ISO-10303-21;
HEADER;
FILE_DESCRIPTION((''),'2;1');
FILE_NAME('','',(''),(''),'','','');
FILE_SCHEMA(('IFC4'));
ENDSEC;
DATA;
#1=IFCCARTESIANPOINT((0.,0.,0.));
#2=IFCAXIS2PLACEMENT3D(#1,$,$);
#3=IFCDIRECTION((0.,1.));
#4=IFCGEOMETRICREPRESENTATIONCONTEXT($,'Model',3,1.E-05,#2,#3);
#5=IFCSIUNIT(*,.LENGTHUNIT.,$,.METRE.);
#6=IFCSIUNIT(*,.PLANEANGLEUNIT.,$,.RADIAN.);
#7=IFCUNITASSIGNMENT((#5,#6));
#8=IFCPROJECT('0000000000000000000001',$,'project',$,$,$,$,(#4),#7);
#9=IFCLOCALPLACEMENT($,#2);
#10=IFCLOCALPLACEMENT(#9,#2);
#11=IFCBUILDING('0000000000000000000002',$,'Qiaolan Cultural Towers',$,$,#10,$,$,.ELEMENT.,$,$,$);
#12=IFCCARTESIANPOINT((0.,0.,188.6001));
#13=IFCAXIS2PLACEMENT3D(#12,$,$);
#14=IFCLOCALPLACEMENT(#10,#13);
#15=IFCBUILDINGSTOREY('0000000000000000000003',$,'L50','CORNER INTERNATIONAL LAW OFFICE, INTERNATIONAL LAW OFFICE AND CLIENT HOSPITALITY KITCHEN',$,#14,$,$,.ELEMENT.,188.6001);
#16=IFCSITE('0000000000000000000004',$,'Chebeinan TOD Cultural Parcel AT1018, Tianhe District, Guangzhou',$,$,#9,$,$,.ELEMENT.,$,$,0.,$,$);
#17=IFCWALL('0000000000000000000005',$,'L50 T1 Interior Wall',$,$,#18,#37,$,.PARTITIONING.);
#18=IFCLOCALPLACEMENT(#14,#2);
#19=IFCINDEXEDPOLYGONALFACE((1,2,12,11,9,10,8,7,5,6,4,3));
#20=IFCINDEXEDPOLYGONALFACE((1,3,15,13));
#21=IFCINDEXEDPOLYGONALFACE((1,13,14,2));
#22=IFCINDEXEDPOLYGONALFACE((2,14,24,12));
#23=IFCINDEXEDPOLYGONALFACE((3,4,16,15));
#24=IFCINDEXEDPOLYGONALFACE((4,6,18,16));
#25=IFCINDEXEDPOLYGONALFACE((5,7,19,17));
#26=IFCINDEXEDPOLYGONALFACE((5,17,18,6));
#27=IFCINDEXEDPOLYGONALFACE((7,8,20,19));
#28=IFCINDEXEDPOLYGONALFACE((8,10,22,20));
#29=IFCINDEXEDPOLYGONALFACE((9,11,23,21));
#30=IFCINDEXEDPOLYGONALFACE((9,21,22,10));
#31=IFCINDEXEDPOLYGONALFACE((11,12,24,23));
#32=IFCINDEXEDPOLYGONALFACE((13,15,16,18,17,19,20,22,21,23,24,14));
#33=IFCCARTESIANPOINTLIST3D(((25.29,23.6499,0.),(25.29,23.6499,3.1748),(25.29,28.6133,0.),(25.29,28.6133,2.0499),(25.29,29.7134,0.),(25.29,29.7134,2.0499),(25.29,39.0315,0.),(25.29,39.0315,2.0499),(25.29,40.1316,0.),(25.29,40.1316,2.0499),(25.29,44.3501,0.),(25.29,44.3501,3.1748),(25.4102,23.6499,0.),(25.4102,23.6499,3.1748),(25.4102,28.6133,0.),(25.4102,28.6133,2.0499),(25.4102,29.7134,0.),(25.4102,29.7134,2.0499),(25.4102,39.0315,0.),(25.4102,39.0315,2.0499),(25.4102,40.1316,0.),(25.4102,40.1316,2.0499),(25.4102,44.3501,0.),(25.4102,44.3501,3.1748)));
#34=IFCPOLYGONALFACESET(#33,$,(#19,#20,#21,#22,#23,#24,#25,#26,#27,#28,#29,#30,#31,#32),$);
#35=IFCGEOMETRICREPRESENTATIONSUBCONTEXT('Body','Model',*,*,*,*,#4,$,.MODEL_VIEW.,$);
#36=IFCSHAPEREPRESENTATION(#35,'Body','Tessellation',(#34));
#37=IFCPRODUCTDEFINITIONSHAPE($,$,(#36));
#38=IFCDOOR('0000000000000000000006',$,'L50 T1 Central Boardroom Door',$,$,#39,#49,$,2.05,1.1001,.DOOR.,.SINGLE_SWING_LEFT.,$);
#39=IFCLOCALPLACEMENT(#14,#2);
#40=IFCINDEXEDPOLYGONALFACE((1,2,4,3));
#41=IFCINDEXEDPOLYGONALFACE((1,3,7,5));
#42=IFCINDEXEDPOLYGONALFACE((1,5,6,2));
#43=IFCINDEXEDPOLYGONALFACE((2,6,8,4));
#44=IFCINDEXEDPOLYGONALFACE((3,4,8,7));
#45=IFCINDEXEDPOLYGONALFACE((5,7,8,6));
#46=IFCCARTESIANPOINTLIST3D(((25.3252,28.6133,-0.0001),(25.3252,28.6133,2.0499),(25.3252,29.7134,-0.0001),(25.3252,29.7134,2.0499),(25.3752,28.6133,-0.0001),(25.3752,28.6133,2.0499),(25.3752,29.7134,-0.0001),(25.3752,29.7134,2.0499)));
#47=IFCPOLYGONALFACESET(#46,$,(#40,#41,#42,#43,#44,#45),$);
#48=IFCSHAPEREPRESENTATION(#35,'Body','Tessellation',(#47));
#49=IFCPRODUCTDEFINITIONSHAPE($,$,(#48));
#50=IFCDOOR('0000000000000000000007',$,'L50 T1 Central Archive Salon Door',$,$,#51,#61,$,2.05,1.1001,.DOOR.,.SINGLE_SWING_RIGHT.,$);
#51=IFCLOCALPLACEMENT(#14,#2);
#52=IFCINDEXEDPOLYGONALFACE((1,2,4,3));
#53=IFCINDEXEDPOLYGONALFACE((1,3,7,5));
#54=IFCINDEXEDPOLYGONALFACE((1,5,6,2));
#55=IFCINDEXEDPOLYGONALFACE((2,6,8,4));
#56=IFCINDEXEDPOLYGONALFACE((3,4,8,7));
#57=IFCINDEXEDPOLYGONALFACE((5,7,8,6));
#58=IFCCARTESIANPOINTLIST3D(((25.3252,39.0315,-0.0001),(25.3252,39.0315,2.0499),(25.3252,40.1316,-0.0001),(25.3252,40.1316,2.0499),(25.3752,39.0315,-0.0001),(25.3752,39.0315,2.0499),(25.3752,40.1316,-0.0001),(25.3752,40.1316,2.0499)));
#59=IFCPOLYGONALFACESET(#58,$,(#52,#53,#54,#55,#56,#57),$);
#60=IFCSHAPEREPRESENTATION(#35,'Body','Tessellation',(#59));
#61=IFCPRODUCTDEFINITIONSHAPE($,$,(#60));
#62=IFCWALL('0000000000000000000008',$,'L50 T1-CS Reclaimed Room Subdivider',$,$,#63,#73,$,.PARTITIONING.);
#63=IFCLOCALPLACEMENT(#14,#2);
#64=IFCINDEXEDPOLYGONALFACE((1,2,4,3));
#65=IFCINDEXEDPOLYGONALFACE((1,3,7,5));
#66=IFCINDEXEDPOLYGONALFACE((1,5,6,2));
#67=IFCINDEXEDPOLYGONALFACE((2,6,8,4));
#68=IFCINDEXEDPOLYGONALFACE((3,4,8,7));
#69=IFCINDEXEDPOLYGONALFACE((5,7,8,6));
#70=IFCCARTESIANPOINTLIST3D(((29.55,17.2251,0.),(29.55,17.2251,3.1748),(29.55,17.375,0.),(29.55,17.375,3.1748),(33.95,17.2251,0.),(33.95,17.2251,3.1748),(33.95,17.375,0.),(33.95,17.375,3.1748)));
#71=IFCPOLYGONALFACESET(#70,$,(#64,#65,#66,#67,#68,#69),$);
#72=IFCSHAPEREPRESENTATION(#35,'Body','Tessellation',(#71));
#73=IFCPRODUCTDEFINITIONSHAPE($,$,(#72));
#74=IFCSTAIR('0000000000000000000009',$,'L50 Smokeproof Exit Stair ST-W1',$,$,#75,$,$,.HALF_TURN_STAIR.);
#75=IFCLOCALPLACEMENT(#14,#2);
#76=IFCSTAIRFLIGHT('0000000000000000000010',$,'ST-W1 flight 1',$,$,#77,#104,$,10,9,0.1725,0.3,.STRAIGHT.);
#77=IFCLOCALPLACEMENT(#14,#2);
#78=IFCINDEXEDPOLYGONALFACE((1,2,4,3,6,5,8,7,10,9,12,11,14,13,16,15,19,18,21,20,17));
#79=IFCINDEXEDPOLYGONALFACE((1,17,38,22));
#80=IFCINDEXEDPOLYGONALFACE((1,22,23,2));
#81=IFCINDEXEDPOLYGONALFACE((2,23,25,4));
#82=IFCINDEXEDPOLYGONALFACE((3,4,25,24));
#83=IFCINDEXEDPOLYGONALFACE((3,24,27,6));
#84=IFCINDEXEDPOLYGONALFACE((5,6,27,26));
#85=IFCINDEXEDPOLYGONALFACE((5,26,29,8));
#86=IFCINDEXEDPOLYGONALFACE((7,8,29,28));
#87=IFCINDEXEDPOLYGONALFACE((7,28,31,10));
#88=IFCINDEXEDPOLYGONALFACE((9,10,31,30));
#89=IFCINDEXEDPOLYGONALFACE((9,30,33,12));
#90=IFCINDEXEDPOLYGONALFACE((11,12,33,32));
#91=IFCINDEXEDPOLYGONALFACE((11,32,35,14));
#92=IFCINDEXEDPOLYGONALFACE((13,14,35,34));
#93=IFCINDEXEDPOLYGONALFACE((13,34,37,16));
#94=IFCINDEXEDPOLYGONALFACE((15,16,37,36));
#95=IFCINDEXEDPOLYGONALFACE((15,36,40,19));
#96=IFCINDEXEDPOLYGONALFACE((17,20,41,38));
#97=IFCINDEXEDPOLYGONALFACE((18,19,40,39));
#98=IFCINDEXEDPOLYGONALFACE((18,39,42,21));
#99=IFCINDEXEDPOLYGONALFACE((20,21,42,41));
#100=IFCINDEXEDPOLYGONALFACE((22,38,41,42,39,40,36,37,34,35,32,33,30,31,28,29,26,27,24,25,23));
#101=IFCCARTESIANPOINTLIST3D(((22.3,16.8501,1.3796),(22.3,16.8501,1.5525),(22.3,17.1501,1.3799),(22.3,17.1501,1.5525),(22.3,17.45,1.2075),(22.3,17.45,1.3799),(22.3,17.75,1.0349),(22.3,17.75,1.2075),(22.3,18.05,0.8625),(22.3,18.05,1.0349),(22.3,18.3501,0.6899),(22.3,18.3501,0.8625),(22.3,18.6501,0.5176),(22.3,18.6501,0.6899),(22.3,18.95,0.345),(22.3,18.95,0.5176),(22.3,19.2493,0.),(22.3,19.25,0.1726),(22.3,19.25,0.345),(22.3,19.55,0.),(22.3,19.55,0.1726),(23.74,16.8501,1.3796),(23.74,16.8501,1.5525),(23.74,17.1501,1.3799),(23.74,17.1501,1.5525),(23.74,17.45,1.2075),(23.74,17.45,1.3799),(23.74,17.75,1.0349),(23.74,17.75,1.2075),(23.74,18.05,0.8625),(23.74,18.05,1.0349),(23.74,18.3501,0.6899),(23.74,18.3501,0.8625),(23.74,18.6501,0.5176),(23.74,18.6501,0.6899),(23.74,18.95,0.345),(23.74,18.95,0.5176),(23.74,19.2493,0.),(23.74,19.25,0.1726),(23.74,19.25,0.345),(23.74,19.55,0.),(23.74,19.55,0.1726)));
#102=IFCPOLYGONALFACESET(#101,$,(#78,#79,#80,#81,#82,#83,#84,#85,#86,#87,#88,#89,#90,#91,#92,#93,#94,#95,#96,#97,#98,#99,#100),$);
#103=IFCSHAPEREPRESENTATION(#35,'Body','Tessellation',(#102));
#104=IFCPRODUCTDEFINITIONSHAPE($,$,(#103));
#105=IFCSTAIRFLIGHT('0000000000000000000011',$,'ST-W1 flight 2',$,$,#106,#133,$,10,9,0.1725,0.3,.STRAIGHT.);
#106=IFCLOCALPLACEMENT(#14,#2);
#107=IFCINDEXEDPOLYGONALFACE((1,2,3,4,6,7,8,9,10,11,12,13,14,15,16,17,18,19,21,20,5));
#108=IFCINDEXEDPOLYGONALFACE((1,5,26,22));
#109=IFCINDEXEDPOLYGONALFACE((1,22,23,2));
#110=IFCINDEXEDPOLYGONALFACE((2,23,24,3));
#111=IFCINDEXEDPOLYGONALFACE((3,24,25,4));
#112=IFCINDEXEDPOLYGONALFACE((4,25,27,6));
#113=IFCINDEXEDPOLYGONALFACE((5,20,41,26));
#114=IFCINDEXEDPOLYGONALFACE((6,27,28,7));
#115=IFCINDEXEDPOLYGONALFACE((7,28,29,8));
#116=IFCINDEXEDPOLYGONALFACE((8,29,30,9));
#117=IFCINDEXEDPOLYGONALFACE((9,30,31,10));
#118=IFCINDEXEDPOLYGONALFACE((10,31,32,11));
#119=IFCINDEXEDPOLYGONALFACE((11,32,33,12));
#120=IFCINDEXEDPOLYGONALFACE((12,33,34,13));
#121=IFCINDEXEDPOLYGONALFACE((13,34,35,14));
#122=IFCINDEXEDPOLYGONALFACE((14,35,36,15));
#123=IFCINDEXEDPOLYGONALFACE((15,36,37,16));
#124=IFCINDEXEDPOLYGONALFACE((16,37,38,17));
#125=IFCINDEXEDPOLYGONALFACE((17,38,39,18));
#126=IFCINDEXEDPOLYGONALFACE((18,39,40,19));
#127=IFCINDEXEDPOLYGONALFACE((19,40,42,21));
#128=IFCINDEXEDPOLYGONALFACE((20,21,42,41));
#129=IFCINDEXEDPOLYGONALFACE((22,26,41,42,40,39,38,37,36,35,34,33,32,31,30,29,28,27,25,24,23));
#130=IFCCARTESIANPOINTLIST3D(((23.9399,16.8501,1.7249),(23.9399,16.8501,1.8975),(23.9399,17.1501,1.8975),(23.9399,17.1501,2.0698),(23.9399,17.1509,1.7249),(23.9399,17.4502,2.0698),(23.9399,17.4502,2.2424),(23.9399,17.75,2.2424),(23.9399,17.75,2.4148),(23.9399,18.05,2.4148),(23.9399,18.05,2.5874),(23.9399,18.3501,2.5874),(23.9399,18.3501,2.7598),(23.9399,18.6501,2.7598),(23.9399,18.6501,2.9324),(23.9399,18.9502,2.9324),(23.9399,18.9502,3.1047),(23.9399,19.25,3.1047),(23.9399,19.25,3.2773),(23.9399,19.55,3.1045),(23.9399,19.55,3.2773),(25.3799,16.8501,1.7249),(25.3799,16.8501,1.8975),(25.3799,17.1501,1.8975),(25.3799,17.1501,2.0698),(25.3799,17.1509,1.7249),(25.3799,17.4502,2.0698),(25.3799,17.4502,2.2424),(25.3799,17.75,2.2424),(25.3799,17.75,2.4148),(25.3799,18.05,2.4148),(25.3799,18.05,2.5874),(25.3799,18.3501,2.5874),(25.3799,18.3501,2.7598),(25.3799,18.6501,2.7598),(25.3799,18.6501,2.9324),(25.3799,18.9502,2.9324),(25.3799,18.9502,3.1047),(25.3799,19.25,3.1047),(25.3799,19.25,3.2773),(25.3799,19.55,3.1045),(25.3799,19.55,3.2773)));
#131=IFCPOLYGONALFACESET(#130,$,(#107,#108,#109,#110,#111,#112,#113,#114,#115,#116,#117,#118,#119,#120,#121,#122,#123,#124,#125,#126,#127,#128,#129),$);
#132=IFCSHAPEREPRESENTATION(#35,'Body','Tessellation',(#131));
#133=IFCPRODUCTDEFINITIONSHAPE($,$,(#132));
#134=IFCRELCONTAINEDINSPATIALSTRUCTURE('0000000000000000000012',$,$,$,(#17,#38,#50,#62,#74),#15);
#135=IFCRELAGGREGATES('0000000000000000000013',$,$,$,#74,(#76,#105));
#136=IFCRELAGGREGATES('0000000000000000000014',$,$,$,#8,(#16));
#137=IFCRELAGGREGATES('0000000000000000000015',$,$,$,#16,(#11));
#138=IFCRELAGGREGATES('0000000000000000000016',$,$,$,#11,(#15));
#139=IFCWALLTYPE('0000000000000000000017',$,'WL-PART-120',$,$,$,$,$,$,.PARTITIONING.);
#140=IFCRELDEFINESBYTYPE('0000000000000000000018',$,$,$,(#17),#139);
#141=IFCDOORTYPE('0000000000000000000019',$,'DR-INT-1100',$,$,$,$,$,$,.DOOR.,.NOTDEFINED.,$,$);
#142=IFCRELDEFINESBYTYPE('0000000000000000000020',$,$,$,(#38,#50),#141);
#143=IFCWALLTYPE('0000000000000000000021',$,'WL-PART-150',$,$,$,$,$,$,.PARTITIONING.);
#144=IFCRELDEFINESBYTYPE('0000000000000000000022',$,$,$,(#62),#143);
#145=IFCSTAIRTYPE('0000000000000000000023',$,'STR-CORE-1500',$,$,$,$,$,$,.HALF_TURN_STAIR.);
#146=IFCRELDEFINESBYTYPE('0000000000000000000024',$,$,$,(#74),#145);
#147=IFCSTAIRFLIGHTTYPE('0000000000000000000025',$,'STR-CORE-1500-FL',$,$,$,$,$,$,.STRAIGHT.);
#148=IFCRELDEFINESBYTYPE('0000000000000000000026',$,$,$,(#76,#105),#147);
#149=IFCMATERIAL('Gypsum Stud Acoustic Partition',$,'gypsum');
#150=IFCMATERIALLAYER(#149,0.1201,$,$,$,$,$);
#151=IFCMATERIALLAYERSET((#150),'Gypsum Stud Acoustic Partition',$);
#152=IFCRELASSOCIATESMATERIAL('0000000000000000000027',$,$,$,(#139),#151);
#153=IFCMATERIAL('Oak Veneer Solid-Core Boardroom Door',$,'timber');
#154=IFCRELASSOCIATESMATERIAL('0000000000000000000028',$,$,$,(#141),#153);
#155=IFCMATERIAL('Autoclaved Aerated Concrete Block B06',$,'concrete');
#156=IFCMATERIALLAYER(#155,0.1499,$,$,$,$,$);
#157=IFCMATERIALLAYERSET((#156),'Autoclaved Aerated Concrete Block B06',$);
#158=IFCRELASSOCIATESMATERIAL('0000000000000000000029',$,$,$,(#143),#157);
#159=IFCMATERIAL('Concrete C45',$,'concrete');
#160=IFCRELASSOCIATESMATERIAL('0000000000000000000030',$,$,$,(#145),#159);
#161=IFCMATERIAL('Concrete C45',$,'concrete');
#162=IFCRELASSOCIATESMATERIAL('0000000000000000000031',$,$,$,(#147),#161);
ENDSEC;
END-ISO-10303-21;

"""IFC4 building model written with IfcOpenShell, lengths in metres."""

from ifc_helpers import new_model, si_unit, direction, frame, frame_2d, origin, place, context, subcontext, project, spatial, polyline, rectangle, outline, extrude, material, layer, layer_set, type_object, element, fill, aggregate, save


model = new_model("IFC4")

# Units and contexts
model_context = context("Model", 3, precision=1e-05, world=origin(), true_north=direction((0.0, 1.0)))
body_context = subcontext(model_context, "Body", "Model", "MODEL_VIEW")
ifc_project = project(units=[si_unit("LENGTHUNIT", "METRE"), si_unit("PLANEANGLEUNIT", "RADIAN")], contexts=[model_context])

# Site, building, storey
site_placement = place(None, origin())
site = spatial("IfcSite", under=ifc_project, at=site_placement, Name="Chebeinan TOD Cultural Parcel AT1018, Tianhe District, Guangzhou", CompositionType="ELEMENT", RefElevation=0.0)
building_placement = place(site_placement, origin())
building = spatial("IfcBuilding", under=site, at=building_placement, Name="Qiaolan Cultural Towers", CompositionType="ELEMENT")
storey_placement = place(building_placement, frame((0.0, 0.0, 188.6001)))
storey = spatial("IfcBuildingStorey", under=building, at=storey_placement, Name="L50", Description="CORNER INTERNATIONAL LAW OFFICE, INTERNATIONAL LAW OFFICE AND CLIENT HOSPITALITY KITCHEN", CompositionType="ELEMENT", Elevation=188.6001)

# Shared definitions
ifc_material_1 = material(Name="Gypsum Stud Acoustic Partition", Category="gypsum")
ifc_layer_1 = layer(ifc_material_1, 0.1201)
ifc_layer_set_1 = layer_set([ifc_layer_1], Name="Gypsum Stud Acoustic Partition")
wall_type_1 = type_object("IfcWallType", Name="WL-PART-120", PredefinedType="PARTITIONING", material=ifc_layer_set_1)

# Wall, openings, doors
wall_1_placement = place(storey_placement, frame((25.3501, 23.6499, 0.0), z_axis=(0.0, 0.0, 1.0), x_axis=(0.0, 1.0, 0.0)))
wall_1 = element("IfcWall", 1, at=wall_1_placement, inside=storey, type_object=wall_type_1, Name="L50 T1 Interior Wall", PredefinedType="PARTITIONING", context=body_context, shape_type="SweptSolid", body=[
    extrude(rectangle(XDim=20.7002, YDim=0.1201, at=frame_2d((10.3501, 0.0))), origin(), (0.0, 0.0, 1.0), 3.1748),
])
opening_1_placement = place(wall_1_placement, frame((4.9634, 0.0, 0.0)))
opening_1 = element("IfcOpeningElement", 2, at=opening_1_placement, cuts=wall_1, PredefinedType="OPENING", context=body_context, shape_type="SweptSolid", body=[
    extrude(rectangle(XDim=1.1001, YDim=2.05, at=frame_2d((0.55, 1.0249))), frame((0.0, 0.0701, 0.0), z_axis=(0.0, -1.0, 0.0), x_axis=(1.0, 0.0, 0.0)), (0.0, 0.0, 1.0), 0.1401),
])
opening_2_placement = place(wall_1_placement, frame((15.3816, 0.0, 0.0)))
opening_2 = element("IfcOpeningElement", 3, at=opening_2_placement, cuts=wall_1, PredefinedType="OPENING", context=body_context, shape_type="SweptSolid", body=[
    extrude(rectangle(XDim=1.1001, YDim=2.05, at=frame_2d((0.55, 1.0249))), frame((0.0, 0.0701, 0.0), z_axis=(0.0, -1.0, 0.0), x_axis=(1.0, 0.0, 0.0)), (0.0, 0.0, 1.0), 0.1401),
])
ifc_material_2 = material(Name="Oak Veneer Solid-Core Boardroom Door", Category="timber")
door_type_1 = type_object("IfcDoorType", Name="DR-INT-1100", OperationType="NOTDEFINED", PredefinedType="DOOR", material=ifc_material_2)
door_1_placement = place(opening_1_placement, origin())
door_1 = element("IfcDoor", 4, at=door_1_placement, inside=storey, type_object=door_type_1, Name="L50 T1 Central Boardroom Door", OperationType="SINGLE_SWING_LEFT", OverallHeight=2.05, OverallWidth=1.1001, PredefinedType="DOOR", context=body_context, shape_type="SweptSolid", body=[
    extrude(rectangle(XDim=1.1001, YDim=2.05, at=frame_2d((0.55, 1.0249))), frame((0.0, 0.0249, 0.0), z_axis=(0.0, -1.0, 0.0), x_axis=(1.0, 0.0, 0.0)), (0.0, 0.0, 1.0), 0.05),
])
fill(opening_1, door_1)
door_2_placement = place(opening_2_placement, origin())
door_2 = element("IfcDoor", 5, at=door_2_placement, inside=storey, type_object=door_type_1, Name="L50 T1 Central Archive Salon Door", OperationType="SINGLE_SWING_RIGHT", OverallHeight=2.05, OverallWidth=1.1001, PredefinedType="DOOR", context=body_context, shape_type="SweptSolid", body=[
    extrude(rectangle(XDim=1.1001, YDim=2.05, at=frame_2d((0.55, 1.0249))), frame((0.0, 0.0249, 0.0), z_axis=(0.0, -1.0, 0.0), x_axis=(1.0, 0.0, 0.0)), (0.0, 0.0, 1.0), 0.05),
])
fill(opening_2, door_2)

# Wall
ifc_material_3 = material(Name="Autoclaved Aerated Concrete Block B06", Category="concrete")
ifc_layer_2 = layer(ifc_material_3, 0.1499)
ifc_layer_set_2 = layer_set([ifc_layer_2], Name="Autoclaved Aerated Concrete Block B06")
wall_type_2 = type_object("IfcWallType", Name="WL-PART-150", PredefinedType="PARTITIONING", material=ifc_layer_set_2)
wall_2_placement = place(storey_placement, frame((29.55, 17.3, 0.0), z_axis=(0.0, 0.0, 1.0), x_axis=(1.0, 0.0, 0.0)))
element("IfcWall", 6, at=wall_2_placement, inside=storey, type_object=wall_type_2, Name="L50 T1-CS Reclaimed Room Subdivider", PredefinedType="PARTITIONING", context=body_context, shape_type="SweptSolid", body=[
    extrude(rectangle(XDim=4.3999, YDim=0.1499, at=frame_2d((2.2, 0.0))), origin(), (0.0, 0.0, 1.0), 3.1748),
])

# Stair, stair flights
ifc_material_4 = material(Name="Concrete C45", Category="concrete")
stair_type = type_object("IfcStairType", Name="STR-CORE-1500", PredefinedType="HALF_TURN_STAIR", material=ifc_material_4)
stair_placement = place(storey_placement, origin())
stair = element("IfcStair", 7, at=stair_placement, inside=storey, type_object=stair_type, Name="L50 Smokeproof Exit Stair ST-W1", PredefinedType="HALF_TURN_STAIR")
ifc_material_5 = material(Name="Concrete C45", Category="concrete")
stair_flight_type = type_object("IfcStairFlightType", Name="STR-CORE-1500-FL", PredefinedType="STRAIGHT", material=ifc_material_5)
stair_flight_1_placement = place(storey_placement, frame((23.02, 19.55, 0.0), z_axis=(0.0, 0.0, 1.0), x_axis=(0.0, -1.0, 0.0)))
stair_flight_1 = element("IfcStairFlight", 8, at=stair_flight_1_placement, type_object=stair_flight_type, Name="ST-W1 flight 1", NumberOfRisers=10, NumberOfTreads=9, PredefinedType="STRAIGHT", RiserHeight=0.1725, TreadLength=0.3, context=body_context, shape_type="SweptSolid", body=[
    extrude(outline(polyline([(0.0, 0.0), (0.0, 0.1726), (0.3, 0.1726), (0.3, 0.345), (0.6001, 0.345), (0.6001, 0.5176), (0.8999, 0.5176), (0.8999, 0.6899), (1.2, 0.6899), (1.2, 0.8625), (1.5, 0.8625), (1.5, 1.0349), (1.8, 1.0349), (1.8, 1.2075), (2.1001, 1.2075), (2.1001, 1.3799), (2.3999, 1.3799), (2.3999, 1.5525), (2.7, 1.5525), (2.7, 1.7251), (2.7, 1.3796), (0.3008, 0.0), (0.0, 0.0)])), frame((0.0, 0.72, 0.0), z_axis=(0.0, -1.0, 0.0), x_axis=(1.0, 0.0, 0.0)), (0.0, 0.0, 1.0), 1.4399),
])
stair_flight_2_placement = place(storey_placement, frame((24.6599, 16.8501, 1.7249), z_axis=(0.0, 0.0, 1.0), x_axis=(0.0, 1.0, 0.0)))
stair_flight_2 = element("IfcStairFlight", 9, at=stair_flight_2_placement, type_object=stair_flight_type, Name="ST-W1 flight 2", NumberOfRisers=10, NumberOfTreads=9, PredefinedType="STRAIGHT", RiserHeight=0.1725, TreadLength=0.3, context=body_context, shape_type="SweptSolid", body=[
    extrude(outline(polyline([(0.0, 0.0), (0.0, 0.1726), (0.3, 0.1726), (0.3, 0.345), (0.6001, 0.345), (0.6001, 0.5176), (0.8999, 0.5176), (0.8999, 0.6899), (1.2, 0.6899), (1.2, 0.8625), (1.5, 0.8625), (1.5, 1.0349), (1.8, 1.0349), (1.8, 1.2075), (2.1001, 1.2075), (2.1001, 1.3799), (2.3999, 1.3799), (2.3999, 1.5525), (2.7, 1.5525), (2.7, 1.7251), (2.7, 1.3796), (0.3008, 0.0), (0.0, 0.0)])), frame((0.0, 0.72, 0.0), z_axis=(0.0, -1.0, 0.0), x_axis=(1.0, 0.0, 0.0)), (0.0, 0.0, 1.0), 1.4399),
])
aggregate(stair, [stair_flight_1, stair_flight_2])

save(model, "model.ifc")
